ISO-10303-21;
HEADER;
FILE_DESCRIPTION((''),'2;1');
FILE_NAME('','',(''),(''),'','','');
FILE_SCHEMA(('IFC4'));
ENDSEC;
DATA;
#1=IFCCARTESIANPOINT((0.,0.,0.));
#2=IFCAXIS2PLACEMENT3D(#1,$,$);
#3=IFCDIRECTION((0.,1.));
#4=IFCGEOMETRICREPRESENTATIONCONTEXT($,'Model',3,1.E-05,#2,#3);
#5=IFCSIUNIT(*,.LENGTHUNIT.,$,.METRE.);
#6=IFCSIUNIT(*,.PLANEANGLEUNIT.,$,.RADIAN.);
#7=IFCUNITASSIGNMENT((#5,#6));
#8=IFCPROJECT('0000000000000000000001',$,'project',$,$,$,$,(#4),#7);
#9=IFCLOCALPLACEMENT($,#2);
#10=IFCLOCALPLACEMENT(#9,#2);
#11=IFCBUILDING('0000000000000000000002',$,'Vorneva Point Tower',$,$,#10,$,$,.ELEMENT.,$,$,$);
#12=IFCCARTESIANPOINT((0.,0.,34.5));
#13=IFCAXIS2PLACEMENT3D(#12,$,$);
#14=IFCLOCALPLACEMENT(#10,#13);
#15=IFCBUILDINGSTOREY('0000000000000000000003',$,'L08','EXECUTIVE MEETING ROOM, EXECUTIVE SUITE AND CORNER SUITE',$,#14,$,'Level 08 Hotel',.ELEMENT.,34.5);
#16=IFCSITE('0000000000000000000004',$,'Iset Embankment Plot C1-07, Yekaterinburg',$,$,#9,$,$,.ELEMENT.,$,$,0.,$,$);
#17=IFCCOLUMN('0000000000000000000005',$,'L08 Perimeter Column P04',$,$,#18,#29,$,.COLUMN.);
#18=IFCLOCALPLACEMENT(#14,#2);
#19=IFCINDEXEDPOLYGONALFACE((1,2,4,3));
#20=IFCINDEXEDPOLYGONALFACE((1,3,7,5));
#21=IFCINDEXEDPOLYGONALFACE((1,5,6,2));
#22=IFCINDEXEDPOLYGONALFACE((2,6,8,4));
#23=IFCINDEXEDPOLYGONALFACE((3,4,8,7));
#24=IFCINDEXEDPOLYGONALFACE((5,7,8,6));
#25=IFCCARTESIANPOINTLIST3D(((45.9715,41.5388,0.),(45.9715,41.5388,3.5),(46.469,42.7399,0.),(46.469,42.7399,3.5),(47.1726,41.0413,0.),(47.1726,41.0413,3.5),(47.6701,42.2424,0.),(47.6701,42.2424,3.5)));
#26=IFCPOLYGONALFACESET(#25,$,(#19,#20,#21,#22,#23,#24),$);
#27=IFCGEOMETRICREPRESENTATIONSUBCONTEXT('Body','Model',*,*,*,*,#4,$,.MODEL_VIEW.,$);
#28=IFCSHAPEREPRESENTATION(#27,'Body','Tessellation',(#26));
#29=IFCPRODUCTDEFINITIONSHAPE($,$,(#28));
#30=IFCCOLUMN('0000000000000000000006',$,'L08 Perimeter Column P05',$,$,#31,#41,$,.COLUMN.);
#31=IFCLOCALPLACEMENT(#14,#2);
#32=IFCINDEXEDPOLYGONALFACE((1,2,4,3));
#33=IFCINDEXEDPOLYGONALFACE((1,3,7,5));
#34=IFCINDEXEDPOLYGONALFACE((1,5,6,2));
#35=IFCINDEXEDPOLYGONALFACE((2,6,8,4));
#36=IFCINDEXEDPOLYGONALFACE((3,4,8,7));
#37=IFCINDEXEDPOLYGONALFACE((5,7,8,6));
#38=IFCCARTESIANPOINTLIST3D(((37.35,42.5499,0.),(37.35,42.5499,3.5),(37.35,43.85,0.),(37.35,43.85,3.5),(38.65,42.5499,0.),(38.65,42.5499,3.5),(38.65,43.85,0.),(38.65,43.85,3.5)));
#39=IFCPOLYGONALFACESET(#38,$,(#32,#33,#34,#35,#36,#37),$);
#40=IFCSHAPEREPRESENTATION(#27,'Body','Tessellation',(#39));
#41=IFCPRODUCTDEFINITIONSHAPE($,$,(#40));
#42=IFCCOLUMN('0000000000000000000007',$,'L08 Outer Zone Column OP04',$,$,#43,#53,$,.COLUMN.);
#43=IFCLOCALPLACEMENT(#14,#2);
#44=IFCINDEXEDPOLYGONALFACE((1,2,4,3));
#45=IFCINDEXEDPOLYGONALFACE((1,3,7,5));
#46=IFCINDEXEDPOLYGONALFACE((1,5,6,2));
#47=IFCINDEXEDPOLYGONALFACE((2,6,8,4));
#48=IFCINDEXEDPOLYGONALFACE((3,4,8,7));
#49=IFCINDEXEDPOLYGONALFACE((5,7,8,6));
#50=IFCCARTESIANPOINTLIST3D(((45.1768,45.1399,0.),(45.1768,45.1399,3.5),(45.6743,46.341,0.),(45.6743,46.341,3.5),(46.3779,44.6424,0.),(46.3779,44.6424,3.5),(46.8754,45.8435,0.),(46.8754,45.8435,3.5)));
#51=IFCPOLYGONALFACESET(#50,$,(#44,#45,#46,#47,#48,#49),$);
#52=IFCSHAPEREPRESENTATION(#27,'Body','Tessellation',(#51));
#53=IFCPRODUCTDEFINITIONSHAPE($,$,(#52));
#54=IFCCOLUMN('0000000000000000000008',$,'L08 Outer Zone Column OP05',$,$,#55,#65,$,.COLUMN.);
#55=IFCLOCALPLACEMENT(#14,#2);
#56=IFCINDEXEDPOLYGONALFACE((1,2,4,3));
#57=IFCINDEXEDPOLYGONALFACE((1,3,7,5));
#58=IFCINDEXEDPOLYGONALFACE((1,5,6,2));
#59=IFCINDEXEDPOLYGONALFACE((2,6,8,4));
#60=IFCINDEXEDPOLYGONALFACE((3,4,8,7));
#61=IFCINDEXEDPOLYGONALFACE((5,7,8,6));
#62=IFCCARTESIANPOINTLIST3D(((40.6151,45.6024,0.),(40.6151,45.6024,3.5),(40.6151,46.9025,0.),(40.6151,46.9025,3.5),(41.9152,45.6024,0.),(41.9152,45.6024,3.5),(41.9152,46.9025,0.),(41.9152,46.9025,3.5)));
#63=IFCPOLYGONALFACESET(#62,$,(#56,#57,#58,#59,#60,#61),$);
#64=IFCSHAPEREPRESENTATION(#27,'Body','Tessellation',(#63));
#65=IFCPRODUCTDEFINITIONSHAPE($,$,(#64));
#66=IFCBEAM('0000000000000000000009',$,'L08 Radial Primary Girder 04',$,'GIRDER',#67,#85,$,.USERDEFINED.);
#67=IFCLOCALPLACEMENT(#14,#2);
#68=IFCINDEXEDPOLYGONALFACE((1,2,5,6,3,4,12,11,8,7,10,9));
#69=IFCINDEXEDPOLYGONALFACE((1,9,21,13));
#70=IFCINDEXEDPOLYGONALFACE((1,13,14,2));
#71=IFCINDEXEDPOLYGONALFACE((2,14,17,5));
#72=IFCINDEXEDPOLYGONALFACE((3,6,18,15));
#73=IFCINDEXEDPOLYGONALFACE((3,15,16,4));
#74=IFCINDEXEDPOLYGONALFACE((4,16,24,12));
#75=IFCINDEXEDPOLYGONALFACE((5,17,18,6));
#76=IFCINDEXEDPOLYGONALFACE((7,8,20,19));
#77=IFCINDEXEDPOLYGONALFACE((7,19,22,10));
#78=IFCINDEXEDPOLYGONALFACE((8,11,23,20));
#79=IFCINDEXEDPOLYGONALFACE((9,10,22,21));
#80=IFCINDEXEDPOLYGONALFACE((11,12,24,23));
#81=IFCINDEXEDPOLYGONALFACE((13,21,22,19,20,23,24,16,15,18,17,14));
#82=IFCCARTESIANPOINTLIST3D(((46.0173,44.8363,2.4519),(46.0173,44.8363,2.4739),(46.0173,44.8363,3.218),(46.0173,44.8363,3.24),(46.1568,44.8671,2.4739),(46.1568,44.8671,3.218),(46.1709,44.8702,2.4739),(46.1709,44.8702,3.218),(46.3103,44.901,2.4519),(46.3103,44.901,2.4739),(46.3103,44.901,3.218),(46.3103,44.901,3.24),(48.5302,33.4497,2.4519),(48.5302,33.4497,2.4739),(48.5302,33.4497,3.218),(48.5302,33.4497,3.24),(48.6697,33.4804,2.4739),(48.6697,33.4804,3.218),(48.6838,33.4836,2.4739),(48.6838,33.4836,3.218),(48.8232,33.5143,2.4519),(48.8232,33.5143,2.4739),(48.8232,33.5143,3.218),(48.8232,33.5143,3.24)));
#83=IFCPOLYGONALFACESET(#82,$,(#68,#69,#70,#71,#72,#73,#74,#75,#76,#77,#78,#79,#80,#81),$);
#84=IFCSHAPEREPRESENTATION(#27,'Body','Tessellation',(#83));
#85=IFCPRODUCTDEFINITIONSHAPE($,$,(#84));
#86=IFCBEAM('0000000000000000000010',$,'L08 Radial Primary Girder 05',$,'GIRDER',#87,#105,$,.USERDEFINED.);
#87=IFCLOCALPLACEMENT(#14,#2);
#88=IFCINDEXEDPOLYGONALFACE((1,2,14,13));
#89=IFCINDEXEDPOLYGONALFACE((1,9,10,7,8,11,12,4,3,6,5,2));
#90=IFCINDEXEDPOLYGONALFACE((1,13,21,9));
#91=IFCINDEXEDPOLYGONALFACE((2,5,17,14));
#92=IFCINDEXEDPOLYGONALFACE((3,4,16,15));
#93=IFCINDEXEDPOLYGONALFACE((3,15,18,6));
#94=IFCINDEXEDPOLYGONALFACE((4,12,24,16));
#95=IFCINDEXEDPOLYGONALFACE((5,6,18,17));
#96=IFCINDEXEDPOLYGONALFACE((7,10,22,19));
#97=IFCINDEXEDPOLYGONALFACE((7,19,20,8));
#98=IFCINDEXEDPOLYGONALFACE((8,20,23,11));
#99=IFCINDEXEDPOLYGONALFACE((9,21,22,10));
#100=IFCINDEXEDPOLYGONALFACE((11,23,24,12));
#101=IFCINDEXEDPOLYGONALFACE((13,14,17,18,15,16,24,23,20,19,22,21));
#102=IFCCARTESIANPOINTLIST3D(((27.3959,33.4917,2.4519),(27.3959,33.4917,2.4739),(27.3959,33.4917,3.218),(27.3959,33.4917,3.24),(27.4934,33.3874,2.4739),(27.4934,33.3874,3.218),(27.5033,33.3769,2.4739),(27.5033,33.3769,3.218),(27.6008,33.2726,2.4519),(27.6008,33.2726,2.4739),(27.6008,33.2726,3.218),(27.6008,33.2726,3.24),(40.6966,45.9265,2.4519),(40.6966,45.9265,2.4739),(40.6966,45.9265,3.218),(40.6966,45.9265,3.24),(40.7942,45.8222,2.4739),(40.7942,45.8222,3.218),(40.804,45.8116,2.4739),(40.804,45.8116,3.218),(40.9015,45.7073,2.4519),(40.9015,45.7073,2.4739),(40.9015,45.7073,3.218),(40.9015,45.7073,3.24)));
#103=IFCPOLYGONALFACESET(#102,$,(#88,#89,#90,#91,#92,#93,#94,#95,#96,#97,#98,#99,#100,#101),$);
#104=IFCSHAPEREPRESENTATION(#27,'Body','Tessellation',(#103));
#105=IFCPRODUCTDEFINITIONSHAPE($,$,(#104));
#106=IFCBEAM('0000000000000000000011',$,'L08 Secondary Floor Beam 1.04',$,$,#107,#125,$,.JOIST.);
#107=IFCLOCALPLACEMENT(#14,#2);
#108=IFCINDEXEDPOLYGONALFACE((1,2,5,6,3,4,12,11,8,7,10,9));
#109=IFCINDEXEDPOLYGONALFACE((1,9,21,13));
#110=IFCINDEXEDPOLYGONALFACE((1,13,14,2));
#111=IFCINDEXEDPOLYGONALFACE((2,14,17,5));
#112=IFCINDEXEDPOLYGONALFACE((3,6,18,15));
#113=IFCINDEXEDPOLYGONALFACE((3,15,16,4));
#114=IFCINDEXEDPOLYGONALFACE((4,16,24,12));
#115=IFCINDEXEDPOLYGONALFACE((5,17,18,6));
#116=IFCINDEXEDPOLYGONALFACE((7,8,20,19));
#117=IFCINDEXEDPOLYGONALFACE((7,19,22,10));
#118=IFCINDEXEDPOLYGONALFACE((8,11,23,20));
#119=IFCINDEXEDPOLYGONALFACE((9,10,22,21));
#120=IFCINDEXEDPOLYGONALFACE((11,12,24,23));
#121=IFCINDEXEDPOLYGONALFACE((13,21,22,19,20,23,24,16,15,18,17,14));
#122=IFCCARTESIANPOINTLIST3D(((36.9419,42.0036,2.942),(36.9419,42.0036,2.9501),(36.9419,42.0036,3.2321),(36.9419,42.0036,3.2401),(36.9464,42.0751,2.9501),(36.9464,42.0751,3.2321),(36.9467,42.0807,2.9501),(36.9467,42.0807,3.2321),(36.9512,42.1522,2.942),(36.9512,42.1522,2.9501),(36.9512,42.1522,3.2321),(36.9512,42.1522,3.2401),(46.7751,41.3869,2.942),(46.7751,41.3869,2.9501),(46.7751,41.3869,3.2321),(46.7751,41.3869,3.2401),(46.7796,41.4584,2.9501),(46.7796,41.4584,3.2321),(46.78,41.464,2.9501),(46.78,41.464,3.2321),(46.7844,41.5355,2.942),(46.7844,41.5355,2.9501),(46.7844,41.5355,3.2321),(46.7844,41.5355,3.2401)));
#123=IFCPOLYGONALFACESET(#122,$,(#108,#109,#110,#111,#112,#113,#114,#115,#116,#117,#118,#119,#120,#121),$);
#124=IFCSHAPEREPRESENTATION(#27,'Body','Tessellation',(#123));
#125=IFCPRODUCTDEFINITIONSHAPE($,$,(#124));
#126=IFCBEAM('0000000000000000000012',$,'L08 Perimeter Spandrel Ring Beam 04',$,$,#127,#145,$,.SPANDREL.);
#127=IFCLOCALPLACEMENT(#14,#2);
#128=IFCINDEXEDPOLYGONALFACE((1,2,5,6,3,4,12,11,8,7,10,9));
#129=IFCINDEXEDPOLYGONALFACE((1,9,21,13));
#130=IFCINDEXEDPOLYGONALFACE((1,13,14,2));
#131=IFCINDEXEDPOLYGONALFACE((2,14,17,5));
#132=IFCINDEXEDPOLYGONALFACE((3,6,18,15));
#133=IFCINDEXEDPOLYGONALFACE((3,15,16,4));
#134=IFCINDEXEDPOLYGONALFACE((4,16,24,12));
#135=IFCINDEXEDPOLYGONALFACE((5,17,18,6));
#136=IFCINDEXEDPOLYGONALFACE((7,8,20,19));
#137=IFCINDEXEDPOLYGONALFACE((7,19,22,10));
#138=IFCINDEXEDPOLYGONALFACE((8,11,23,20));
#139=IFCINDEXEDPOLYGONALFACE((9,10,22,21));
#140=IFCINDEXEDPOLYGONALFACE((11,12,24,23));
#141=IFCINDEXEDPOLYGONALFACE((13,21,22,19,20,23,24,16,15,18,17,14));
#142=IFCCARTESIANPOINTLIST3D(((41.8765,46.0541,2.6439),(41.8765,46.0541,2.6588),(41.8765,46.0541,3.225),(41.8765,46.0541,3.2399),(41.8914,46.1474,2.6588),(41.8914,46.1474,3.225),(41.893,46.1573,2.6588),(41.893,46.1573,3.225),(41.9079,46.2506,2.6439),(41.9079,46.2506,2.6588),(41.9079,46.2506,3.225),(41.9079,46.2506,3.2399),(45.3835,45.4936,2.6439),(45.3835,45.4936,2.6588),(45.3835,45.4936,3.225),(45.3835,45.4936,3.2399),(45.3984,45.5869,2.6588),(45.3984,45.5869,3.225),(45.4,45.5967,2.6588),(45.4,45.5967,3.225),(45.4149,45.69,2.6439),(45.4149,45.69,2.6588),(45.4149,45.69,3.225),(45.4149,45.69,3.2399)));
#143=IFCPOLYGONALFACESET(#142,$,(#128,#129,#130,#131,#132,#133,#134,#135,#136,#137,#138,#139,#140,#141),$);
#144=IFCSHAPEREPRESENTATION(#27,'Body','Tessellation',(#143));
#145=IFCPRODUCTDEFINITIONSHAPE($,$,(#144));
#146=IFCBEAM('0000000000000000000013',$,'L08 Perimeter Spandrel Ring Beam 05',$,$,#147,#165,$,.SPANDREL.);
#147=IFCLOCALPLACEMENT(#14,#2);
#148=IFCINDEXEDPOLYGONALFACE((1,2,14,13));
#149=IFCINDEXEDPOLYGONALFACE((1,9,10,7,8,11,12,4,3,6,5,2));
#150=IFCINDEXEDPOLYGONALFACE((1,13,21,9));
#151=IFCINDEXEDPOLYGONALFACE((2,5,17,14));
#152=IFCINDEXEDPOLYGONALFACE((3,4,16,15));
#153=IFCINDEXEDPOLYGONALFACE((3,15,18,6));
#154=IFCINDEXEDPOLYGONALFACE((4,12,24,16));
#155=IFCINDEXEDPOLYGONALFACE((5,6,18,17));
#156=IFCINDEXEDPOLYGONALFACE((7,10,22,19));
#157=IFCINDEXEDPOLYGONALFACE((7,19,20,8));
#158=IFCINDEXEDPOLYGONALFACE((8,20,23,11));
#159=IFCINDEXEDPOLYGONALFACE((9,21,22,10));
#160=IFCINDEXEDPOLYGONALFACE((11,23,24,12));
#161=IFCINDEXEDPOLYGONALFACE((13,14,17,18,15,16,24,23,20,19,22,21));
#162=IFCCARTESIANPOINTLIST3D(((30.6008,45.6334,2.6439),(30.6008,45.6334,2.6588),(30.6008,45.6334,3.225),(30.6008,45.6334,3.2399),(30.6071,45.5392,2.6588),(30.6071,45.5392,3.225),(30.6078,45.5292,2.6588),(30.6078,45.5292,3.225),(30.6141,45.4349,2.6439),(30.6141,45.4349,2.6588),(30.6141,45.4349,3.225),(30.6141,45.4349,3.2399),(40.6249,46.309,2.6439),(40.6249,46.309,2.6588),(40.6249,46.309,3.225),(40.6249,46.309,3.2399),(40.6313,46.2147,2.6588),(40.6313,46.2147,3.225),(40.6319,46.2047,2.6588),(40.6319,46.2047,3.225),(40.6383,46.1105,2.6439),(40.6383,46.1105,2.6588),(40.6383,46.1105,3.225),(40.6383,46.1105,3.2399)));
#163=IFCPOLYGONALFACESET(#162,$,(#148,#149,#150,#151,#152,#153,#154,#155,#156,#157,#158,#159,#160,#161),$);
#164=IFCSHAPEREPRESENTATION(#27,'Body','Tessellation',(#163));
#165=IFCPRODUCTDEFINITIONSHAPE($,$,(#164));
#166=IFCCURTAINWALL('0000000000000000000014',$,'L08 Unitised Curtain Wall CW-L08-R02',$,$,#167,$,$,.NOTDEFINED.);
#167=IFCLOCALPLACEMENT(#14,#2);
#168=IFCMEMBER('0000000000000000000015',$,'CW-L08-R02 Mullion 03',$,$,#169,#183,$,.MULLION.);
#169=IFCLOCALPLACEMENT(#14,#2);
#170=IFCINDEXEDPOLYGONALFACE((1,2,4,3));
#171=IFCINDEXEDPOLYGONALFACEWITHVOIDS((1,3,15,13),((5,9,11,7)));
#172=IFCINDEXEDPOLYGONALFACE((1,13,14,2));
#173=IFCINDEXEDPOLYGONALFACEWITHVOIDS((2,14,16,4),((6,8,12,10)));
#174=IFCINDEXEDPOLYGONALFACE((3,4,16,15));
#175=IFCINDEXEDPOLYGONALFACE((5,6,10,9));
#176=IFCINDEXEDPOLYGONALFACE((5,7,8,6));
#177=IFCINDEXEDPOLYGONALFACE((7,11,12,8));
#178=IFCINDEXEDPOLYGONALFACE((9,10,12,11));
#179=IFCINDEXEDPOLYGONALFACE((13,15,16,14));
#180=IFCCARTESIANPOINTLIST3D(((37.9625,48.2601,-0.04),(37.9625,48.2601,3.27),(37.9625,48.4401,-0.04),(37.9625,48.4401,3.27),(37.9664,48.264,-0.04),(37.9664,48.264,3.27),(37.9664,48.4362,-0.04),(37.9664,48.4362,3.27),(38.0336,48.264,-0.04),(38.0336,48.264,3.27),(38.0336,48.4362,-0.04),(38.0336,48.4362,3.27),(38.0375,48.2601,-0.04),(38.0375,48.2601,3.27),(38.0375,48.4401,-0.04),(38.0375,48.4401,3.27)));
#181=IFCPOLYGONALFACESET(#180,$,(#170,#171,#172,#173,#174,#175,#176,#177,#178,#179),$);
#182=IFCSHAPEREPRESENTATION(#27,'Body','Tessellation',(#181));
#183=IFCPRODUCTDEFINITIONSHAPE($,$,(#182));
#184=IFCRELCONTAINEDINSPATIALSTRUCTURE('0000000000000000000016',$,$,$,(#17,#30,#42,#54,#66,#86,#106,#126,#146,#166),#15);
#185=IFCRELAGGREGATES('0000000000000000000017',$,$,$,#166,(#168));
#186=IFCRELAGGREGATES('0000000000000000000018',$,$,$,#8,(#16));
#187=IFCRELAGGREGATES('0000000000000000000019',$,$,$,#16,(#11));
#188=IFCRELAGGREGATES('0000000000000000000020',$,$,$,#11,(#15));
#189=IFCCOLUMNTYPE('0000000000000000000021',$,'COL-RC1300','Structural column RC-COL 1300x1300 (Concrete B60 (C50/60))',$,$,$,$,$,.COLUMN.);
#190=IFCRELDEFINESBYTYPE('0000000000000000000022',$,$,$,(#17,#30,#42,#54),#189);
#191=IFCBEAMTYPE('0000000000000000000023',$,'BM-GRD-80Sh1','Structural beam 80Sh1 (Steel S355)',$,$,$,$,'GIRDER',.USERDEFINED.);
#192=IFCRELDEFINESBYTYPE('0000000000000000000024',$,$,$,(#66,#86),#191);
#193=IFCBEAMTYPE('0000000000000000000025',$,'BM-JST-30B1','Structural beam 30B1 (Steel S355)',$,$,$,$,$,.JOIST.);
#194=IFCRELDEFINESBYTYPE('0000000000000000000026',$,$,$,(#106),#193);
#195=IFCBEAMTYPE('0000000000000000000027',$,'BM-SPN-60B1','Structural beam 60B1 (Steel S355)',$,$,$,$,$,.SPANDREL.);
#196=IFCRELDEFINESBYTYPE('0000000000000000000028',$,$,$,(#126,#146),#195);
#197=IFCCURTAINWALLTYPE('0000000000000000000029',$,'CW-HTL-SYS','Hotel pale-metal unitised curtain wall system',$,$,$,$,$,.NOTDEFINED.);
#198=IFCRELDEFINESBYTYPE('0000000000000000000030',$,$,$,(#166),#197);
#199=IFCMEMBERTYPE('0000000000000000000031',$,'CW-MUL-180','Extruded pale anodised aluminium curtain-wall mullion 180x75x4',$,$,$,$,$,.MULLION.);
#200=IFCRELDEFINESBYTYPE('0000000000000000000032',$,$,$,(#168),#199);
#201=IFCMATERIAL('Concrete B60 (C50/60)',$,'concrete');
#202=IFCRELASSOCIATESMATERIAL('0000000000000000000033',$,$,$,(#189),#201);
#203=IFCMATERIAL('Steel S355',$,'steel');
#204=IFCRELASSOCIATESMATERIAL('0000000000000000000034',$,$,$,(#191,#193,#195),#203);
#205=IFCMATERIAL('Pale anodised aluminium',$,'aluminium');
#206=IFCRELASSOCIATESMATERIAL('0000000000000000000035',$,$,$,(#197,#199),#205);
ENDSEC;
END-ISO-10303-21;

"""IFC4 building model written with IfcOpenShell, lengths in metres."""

from ifc_helpers import new_model, si_unit, direction, frame, origin, origin_2d, place, context, subcontext, project, spatial, rectangle, hollow_rectangle, i_section, extrude, material, material_profile, profile_set, type_object, element, aggregate, save


model = new_model("IFC4")

# Units and contexts
model_context = context("Model", 3, precision=1e-05, world=origin(), true_north=direction((0.0, 1.0)))
body_context = subcontext(model_context, "Body", "Model", "MODEL_VIEW")
ifc_project = project(units=[si_unit("LENGTHUNIT", "METRE"), si_unit("PLANEANGLEUNIT", "RADIAN")], contexts=[model_context])

# Site, building, storey
site_placement = place(None, origin())
site = spatial("IfcSite", under=ifc_project, at=site_placement, Name="Iset Embankment Plot C1-07, Yekaterinburg", CompositionType="ELEMENT", RefElevation=0.0)
building_placement = place(site_placement, origin())
building = spatial("IfcBuilding", under=site, at=building_placement, Name="Vorneva Point Tower", CompositionType="ELEMENT")
storey_placement = place(building_placement, frame((0.0, 0.0, 34.5)))
storey = spatial("IfcBuildingStorey", under=building, at=storey_placement, Name="L08", Description="EXECUTIVE MEETING ROOM, EXECUTIVE SUITE AND CORNER SUITE", LongName="Level 08 Hotel", CompositionType="ELEMENT", Elevation=34.5)

# Columns
ifc_material_1 = material(Name="Concrete B60 (C50/60)", Category="concrete")
ifc_material_profile_1 = material_profile(ifc_material_1, rectangle(XDim=1.3, YDim=1.3, at=origin_2d()), Name="RC-COL 1300x1300")
ifc_profile_set_1 = profile_set([ifc_material_profile_1], Name="Concrete B60 (C50/60)")
column_type = type_object("IfcColumnType", Name="COL-RC1300", Description="Structural column RC-COL 1300x1300 (Concrete B60 (C50/60))", PredefinedType="COLUMN", material=ifc_profile_set_1)
for number, where, z_axis, x_axis, name in (
    (1, (46.8208, 41.8906, 0.0), (0.0, 0.0, 1.0), (0.382683, 0.92388, 0.0), "L08 Perimeter Column P04"),
    (2, (38.0, 43.2, 0.0), (0.0, 0.0, 1.0), (0.0, 1.0, 0.0), "L08 Perimeter Column P05"),
    (3, (46.0261, 45.4917, 0.0), (0.0, 0.0, 1.0), (0.382683, 0.92388, 0.0), "L08 Outer Zone Column OP04"),
    (4, (41.2651, 46.2524, 0.0), (0.0, 0.0, 1.0), (0.0, 1.0, 0.0), "L08 Outer Zone Column OP05"),
):
    element("IfcColumn", number, at=place(storey_placement, frame(where, z_axis=z_axis, x_axis=x_axis)), inside=storey, type_object=column_type, Name=name, PredefinedType="COLUMN", context=body_context, shape_type="SweptSolid", body=[
        extrude(rectangle(XDim=1.3, YDim=1.3, at=origin_2d()), origin(), (0.0, 0.0, 1.0), 3.5),
    ])

# Beams
ifc_material_2 = material(Name="Steel S355", Category="steel")
ifc_material_profile_2 = material_profile(ifc_material_2, i_section(OverallWidth=0.3, OverallDepth=0.7881, WebThickness=0.0144, FlangeThickness=0.022, at=origin_2d()), Name="80Sh1")
ifc_profile_set_2 = profile_set([ifc_material_profile_2], Name="Steel S355")
beam_type_1 = type_object("IfcBeamType", Name="BM-GRD-80Sh1", Description="Structural beam 80Sh1 (Steel S355)", ElementType="GIRDER", PredefinedType="USERDEFINED", material=ifc_profile_set_2)
beam_1_placement = place(storey_placement, frame((46.1638, 44.8687, 2.8459), z_axis=(0.215505, -0.976503, 0.0), x_axis=(0.976503, 0.215505, 0.0)))
element("IfcBeam", 5, at=beam_1_placement, inside=storey, type_object=beam_type_1, Name="L08 Radial Primary Girder 04", ObjectType="GIRDER", PredefinedType="USERDEFINED", context=body_context, shape_type="SweptSolid", body=[
    extrude(i_section(OverallWidth=0.3, OverallDepth=0.7881, WebThickness=0.0144, FlangeThickness=0.022, at=origin_2d()), origin(), (0.0, 0.0, 1.0), 11.6606),
])
beam_2_placement = place(storey_placement, frame((40.7991, 45.8169, 2.8459), z_axis=(-0.730487, -0.682927, 0.0), x_axis=(0.682927, -0.730487, 0.0)))
element("IfcBeam", 6, at=beam_2_placement, inside=storey, type_object=beam_type_1, Name="L08 Radial Primary Girder 05", ObjectType="GIRDER", PredefinedType="USERDEFINED", context=body_context, shape_type="SweptSolid", body=[
    extrude(i_section(OverallWidth=0.3, OverallDepth=0.7881, WebThickness=0.0144, FlangeThickness=0.022, at=origin_2d()), origin(), (0.0, 0.0, 1.0), 18.208),
])
ifc_material_profile_3 = material_profile(ifc_material_2, i_section(OverallWidth=0.1489, OverallDepth=0.2981, WebThickness=0.0056, FlangeThickness=0.0081, at=origin_2d()), Name="30B1")
ifc_profile_set_3 = profile_set([ifc_material_profile_3], Name="Steel S355")
beam_type_2 = type_object("IfcBeamType", Name="BM-JST-30B1", Description="Structural beam 30B1 (Steel S355)", PredefinedType="JOIST", material=ifc_profile_set_3)
beam_3_placement = place(storey_placement, frame((46.7798, 41.4612, 3.0911), z_axis=(-0.998039, 0.062593, 0.0), x_axis=(-0.062593, -0.998039, 0.0)))
element("IfcBeam", 7, at=beam_3_placement, inside=storey, type_object=beam_type_2, Name="L08 Secondary Floor Beam 1.04", PredefinedType="JOIST", context=body_context, shape_type="SweptSolid", body=[
    extrude(i_section(OverallWidth=0.1489, OverallDepth=0.2981, WebThickness=0.0056, FlangeThickness=0.0081, at=origin_2d()), origin(), (0.0, 0.0, 1.0), 9.8525),
])
ifc_material_profile_4 = material_profile(ifc_material_2, i_section(OverallWidth=0.199, OverallDepth=0.5959, WebThickness=0.01, FlangeThickness=0.0149, at=origin_2d()), Name="60B1")
ifc_profile_set_4 = profile_set([ifc_material_profile_4], Name="Steel S355")
beam_type_3 = type_object("IfcBeamType", Name="BM-SPN-60B1", Description="Structural beam 60B1 (Steel S355)", PredefinedType="SPANDREL", material=ifc_profile_set_4)
beam_4_placement = place(storey_placement, frame((45.3992, 45.5918, 2.9419), z_axis=(-0.987466, 0.15783, 0.0), x_axis=(-0.15783, -0.987466, 0.0)))
element("IfcBeam", 8, at=beam_4_placement, inside=storey, type_object=beam_type_3, Name="L08 Perimeter Spandrel Ring Beam 04", PredefinedType="SPANDREL", context=body_context, shape_type="SweptSolid", body=[
    extrude(i_section(OverallWidth=0.199, OverallDepth=0.5959, WebThickness=0.01, FlangeThickness=0.0149, at=origin_2d()), origin(), (0.0, 0.0, 1.0), 3.5515),
])
beam_5_placement = place(storey_placement, frame((40.6316, 46.2097, 2.9419), z_axis=(-0.997737, -0.067238, 0.0), x_axis=(0.067238, -0.997737, 0.0)))
element("IfcBeam", 9, at=beam_5_placement, inside=storey, type_object=beam_type_3, Name="L08 Perimeter Spandrel Ring Beam 05", PredefinedType="SPANDREL", context=body_context, shape_type="SweptSolid", body=[
    extrude(i_section(OverallWidth=0.199, OverallDepth=0.5959, WebThickness=0.01, FlangeThickness=0.0149, at=origin_2d()), origin(), (0.0, 0.0, 1.0), 10.0469),
])

# Curtain wall, member
ifc_material_3 = material(Name="Pale anodised aluminium", Category="aluminium")
curtain_wall_type = type_object("IfcCurtainWallType", Name="CW-HTL-SYS", Description="Hotel pale-metal unitised curtain wall system", PredefinedType="NOTDEFINED", material=ifc_material_3)
curtain_wall_placement = place(storey_placement, origin())
curtain_wall = element("IfcCurtainWall", 10, at=curtain_wall_placement, inside=storey, type_object=curtain_wall_type, Name="L08 Unitised Curtain Wall CW-L08-R02", PredefinedType="NOTDEFINED")
ifc_material_profile_5 = material_profile(ifc_material_3, hollow_rectangle(XDim=0.075, YDim=0.1799, WallThickness=0.0039, at=origin_2d()), Name="AL-MUL 180x75x4")
ifc_profile_set_5 = profile_set([ifc_material_profile_5], Name="Pale anodised aluminium")
member_type_1 = type_object("IfcMemberType", Name="CW-MUL-180", Description="Extruded pale anodised aluminium curtain-wall mullion 180x75x4", PredefinedType="MULLION", material=ifc_profile_set_5)
member_1_placement = place(storey_placement, frame((38.0, 48.3501, -0.04), z_axis=(0.0, 0.0, 1.0), x_axis=(1.0, 0.0, 0.0)))
member_1 = element("IfcMember", 11, at=member_1_placement, type_object=member_type_1, Name="CW-L08-R02 Mullion 03", PredefinedType="MULLION", context=body_context, shape_type="SweptSolid", body=[
    extrude(hollow_rectangle(XDim=0.075, YDim=0.1799, WallThickness=0.0039, at=origin_2d()), origin(), (0.0, 0.0, 1.0), 3.3101),
])
aggregate(curtain_wall, [member_1])

save(model, "model.ifc")
